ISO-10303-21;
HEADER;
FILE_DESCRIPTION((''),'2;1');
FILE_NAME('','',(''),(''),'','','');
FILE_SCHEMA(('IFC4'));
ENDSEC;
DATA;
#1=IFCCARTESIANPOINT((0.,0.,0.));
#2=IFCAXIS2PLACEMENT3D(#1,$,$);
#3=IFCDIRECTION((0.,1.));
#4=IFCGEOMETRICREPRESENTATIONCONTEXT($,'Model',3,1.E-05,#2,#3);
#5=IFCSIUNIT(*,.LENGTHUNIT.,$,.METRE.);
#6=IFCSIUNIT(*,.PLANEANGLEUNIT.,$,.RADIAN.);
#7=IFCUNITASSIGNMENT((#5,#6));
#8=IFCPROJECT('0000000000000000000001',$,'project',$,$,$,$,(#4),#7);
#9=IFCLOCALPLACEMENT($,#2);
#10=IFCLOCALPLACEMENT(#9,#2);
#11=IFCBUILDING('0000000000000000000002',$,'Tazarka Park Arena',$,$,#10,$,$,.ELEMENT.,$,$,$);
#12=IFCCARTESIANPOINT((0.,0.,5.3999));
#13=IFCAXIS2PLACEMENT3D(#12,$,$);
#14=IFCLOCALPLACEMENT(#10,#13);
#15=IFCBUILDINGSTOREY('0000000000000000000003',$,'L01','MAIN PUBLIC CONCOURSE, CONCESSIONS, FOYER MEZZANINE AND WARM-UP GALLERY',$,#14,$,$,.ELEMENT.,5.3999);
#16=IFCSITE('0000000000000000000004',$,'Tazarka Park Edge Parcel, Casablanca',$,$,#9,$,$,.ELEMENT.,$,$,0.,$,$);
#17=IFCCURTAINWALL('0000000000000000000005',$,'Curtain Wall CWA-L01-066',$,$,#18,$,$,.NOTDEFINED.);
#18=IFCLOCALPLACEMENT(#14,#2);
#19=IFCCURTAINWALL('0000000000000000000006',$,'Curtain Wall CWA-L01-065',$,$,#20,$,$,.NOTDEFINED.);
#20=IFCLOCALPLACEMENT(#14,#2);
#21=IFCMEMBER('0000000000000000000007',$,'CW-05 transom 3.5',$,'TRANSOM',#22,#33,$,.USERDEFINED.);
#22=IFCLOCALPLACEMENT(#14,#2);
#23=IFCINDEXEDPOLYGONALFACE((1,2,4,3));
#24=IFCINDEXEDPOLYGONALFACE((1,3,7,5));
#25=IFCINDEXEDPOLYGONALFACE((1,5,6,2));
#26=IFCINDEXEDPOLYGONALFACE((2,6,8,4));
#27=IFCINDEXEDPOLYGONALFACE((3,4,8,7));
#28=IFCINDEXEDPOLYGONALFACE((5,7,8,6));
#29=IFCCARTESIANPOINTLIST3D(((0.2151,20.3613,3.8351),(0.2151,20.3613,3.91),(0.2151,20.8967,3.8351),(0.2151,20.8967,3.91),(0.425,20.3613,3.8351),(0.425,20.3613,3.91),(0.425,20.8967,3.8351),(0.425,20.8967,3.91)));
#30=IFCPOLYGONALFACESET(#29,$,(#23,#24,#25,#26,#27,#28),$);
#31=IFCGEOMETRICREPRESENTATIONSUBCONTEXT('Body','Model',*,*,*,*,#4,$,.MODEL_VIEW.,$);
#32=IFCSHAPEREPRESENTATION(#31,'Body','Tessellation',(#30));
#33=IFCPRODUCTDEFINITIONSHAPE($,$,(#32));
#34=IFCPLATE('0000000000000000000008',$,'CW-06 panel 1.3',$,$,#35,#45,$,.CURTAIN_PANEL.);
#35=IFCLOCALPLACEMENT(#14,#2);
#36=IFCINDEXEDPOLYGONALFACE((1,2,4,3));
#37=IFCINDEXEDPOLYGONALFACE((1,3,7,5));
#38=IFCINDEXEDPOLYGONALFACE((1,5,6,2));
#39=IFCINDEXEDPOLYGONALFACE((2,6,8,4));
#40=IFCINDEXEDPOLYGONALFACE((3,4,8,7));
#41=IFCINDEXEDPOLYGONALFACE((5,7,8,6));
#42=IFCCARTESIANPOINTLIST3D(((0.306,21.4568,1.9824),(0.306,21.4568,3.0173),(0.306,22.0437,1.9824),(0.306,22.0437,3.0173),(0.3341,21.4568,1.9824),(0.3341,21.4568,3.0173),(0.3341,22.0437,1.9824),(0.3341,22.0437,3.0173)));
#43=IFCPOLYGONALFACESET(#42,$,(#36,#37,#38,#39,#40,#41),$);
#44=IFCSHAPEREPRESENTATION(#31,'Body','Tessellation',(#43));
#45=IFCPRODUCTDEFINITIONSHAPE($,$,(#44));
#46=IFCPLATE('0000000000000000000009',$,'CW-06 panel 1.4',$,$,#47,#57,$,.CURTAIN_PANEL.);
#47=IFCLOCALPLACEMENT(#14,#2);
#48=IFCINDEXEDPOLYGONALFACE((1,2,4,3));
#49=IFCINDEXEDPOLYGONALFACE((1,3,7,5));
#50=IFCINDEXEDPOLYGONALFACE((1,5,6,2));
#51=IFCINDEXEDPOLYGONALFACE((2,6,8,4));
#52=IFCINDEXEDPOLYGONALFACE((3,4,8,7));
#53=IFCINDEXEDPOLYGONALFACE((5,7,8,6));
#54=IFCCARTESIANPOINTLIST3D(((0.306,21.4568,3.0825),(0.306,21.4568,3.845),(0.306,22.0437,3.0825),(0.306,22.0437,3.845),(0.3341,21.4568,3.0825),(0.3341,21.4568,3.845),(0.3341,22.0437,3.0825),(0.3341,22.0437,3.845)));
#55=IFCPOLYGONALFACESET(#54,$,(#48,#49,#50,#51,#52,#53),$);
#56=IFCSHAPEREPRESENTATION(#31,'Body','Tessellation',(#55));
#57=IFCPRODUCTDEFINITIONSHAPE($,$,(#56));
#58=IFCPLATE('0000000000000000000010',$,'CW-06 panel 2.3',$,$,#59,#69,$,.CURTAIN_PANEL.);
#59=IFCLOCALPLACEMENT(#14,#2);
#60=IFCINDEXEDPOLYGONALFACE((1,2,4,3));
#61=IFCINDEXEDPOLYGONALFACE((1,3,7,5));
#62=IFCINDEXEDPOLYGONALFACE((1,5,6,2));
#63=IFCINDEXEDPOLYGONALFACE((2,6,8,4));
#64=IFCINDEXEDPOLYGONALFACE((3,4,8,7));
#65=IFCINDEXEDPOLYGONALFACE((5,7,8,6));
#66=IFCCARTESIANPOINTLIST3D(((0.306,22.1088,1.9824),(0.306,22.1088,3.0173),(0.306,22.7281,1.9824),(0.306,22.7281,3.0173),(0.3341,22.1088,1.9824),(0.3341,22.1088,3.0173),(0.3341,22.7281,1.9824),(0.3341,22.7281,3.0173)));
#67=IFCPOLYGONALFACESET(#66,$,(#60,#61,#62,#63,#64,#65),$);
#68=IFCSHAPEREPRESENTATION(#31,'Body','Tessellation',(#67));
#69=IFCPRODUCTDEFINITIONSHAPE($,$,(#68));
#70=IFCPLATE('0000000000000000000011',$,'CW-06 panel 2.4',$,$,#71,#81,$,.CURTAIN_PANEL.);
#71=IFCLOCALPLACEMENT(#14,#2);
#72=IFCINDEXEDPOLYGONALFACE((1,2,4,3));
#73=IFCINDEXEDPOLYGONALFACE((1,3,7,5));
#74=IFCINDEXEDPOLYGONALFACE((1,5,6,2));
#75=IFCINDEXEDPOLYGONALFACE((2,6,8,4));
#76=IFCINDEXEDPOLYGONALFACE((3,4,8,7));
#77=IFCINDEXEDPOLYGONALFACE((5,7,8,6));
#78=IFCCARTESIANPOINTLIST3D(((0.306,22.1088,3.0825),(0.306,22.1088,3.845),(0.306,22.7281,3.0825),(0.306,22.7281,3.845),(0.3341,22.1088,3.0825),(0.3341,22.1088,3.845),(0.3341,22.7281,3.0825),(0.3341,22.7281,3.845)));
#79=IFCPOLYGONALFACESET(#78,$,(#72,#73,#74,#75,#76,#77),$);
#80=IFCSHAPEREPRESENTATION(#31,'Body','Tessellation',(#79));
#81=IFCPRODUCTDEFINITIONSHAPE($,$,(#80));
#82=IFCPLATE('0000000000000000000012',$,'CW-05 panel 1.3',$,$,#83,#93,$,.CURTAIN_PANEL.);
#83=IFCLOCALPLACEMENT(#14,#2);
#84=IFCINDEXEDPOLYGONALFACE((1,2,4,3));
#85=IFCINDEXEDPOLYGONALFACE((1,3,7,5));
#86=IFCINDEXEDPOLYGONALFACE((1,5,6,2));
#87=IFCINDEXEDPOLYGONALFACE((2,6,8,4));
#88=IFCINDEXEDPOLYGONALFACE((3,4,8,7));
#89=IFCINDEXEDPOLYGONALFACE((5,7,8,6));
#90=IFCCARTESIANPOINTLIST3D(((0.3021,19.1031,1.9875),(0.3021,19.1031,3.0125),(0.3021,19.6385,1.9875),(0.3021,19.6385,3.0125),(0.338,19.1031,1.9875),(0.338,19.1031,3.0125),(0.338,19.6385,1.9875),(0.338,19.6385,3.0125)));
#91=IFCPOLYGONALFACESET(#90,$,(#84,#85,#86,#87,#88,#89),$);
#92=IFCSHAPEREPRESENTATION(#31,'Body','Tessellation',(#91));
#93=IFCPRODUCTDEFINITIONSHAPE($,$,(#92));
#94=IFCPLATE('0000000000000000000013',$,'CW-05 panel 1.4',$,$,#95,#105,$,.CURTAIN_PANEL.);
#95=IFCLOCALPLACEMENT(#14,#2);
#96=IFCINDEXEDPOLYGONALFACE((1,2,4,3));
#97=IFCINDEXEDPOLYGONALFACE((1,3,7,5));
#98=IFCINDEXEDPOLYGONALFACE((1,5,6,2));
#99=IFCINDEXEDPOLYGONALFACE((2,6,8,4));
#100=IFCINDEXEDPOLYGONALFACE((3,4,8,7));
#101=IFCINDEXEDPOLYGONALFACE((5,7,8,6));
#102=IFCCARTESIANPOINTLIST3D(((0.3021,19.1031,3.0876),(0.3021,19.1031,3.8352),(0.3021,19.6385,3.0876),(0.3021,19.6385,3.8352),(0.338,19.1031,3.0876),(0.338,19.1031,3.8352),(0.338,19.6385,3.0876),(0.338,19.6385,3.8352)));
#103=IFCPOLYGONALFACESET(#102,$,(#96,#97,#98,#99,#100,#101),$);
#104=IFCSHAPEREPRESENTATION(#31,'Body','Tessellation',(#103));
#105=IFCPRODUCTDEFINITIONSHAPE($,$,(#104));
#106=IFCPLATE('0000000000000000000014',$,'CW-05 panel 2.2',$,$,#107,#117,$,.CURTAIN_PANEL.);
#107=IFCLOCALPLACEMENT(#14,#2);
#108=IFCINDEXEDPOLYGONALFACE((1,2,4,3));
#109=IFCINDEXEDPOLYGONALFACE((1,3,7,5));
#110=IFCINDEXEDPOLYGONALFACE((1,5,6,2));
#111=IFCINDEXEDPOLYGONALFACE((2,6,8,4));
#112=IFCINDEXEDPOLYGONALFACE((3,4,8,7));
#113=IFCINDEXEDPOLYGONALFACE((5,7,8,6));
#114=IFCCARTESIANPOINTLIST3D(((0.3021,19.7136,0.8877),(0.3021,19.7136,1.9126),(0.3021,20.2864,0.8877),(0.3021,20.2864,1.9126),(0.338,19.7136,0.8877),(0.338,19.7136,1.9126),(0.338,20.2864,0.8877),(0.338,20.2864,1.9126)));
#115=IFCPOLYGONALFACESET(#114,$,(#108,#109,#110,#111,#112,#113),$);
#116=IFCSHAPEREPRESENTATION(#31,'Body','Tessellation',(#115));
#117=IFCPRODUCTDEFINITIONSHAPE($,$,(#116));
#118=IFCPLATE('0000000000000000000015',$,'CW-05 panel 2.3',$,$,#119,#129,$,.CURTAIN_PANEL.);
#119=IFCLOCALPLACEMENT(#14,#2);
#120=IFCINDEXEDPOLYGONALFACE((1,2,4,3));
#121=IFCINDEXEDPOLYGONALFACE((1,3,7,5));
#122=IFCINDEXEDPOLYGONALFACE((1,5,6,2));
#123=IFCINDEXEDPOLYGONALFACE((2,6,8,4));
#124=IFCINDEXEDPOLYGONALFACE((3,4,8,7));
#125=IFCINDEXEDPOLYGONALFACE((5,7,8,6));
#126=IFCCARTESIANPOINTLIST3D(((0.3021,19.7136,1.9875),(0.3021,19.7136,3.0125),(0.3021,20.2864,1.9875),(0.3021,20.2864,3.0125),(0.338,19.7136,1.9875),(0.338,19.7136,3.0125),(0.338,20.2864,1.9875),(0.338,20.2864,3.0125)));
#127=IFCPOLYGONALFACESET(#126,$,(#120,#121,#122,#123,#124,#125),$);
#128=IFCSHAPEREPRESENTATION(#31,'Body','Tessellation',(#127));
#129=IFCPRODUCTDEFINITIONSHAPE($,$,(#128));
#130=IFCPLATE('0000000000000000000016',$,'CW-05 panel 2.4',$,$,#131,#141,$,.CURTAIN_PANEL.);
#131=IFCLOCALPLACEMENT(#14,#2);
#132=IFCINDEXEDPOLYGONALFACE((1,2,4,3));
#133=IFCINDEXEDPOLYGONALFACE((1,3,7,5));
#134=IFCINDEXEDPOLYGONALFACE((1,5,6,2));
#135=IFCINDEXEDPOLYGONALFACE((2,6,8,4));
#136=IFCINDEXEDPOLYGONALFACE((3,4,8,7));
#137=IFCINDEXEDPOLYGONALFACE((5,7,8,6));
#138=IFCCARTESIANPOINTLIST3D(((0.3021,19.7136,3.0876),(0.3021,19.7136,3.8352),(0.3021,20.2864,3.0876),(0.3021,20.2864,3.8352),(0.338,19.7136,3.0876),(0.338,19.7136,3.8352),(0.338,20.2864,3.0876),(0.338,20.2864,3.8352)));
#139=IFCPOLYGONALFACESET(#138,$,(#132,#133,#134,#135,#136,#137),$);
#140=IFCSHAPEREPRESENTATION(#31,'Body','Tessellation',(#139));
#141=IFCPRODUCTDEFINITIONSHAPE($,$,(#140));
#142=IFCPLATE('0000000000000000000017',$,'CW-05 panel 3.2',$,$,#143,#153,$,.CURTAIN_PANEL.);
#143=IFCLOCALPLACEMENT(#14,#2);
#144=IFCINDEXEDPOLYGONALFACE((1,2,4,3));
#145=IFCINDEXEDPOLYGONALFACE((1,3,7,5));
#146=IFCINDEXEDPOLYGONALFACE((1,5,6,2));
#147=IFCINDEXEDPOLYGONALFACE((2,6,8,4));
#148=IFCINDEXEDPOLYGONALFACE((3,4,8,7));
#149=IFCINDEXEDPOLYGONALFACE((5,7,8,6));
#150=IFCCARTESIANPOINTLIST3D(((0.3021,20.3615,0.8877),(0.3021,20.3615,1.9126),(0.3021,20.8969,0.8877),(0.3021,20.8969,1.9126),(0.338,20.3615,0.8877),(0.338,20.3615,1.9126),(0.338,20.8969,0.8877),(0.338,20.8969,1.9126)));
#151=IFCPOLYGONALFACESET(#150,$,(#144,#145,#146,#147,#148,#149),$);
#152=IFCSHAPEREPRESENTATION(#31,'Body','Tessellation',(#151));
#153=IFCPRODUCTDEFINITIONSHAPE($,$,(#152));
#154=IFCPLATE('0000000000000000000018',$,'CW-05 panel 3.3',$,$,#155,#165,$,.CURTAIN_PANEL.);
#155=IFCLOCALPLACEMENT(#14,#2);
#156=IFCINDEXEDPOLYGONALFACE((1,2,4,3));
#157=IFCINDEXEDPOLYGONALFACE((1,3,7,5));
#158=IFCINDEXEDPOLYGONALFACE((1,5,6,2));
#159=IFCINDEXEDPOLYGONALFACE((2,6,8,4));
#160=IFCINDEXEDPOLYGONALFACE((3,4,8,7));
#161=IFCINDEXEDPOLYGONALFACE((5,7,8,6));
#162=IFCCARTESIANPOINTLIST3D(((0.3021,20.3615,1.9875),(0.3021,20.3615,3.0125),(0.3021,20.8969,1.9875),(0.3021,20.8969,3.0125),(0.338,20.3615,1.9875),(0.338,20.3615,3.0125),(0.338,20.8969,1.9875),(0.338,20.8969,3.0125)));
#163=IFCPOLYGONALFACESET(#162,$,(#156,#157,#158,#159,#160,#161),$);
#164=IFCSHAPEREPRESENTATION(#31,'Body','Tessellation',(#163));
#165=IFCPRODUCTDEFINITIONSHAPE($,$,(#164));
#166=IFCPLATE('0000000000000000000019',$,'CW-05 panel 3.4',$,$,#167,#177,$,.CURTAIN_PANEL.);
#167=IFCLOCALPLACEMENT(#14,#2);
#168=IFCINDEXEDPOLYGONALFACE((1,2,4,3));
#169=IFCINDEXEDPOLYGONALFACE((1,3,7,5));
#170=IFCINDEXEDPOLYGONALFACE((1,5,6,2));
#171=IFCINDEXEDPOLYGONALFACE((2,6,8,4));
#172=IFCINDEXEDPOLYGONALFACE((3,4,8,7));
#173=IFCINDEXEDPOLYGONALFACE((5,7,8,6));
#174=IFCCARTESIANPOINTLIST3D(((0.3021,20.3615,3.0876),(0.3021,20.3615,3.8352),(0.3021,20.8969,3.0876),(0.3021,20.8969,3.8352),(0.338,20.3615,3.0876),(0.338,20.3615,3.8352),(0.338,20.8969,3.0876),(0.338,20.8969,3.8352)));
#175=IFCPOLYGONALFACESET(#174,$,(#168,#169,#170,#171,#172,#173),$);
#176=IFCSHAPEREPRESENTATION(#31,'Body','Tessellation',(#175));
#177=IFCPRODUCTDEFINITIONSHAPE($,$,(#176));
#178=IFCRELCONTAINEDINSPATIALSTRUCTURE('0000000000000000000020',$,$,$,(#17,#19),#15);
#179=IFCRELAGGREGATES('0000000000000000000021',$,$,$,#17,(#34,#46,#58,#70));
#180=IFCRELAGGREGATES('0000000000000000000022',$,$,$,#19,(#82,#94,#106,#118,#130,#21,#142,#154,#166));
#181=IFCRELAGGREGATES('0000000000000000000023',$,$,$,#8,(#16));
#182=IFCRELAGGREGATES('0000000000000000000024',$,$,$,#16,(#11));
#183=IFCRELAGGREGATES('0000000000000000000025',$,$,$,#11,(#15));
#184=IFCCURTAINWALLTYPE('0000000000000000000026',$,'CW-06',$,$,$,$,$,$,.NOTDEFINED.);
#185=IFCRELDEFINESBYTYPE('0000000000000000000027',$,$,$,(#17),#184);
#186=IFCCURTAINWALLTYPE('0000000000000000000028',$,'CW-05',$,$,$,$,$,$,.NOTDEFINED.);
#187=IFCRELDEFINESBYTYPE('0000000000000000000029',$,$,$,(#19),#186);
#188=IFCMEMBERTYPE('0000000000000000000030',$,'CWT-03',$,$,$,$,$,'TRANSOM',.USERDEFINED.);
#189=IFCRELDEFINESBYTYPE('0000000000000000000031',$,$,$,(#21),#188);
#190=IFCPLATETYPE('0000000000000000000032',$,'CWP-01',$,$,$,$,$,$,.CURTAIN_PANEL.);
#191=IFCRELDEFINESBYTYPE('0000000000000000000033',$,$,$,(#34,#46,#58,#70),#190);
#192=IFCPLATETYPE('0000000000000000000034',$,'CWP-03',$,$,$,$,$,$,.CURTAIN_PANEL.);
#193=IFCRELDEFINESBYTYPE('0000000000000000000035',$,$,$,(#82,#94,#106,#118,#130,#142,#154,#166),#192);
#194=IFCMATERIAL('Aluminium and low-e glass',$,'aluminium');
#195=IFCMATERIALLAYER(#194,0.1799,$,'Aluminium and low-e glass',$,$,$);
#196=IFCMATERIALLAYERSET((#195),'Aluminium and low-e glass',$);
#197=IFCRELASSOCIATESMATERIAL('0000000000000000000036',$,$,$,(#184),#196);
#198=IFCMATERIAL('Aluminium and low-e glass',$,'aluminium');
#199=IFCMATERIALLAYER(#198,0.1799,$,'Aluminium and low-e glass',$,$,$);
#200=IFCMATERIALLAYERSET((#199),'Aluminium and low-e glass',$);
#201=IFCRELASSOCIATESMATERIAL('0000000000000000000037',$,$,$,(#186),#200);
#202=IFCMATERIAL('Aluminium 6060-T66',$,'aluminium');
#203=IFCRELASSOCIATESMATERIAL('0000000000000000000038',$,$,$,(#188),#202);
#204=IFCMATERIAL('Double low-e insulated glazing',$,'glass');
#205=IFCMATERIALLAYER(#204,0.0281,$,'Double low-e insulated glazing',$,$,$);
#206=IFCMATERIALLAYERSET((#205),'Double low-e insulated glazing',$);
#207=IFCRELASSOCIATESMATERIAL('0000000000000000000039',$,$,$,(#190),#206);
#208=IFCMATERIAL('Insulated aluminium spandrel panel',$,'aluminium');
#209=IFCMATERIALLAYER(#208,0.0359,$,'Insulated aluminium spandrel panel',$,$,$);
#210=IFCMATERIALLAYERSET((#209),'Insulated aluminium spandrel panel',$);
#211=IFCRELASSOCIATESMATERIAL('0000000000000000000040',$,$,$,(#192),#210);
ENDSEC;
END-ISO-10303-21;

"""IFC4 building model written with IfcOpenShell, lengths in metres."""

from ifc_helpers import new_model, si_unit, direction, frame, origin, origin_2d, place, context, subcontext, project, spatial, rectangle, extrude, material, layer, layer_set, material_profile, profile_set, type_object, element, aggregate, save


model = new_model("IFC4")

# Units and contexts
model_context = context("Model", 3, precision=1e-05, world=origin(), true_north=direction((0.0, 1.0)))
body_context = subcontext(model_context, "Body", "Model", "MODEL_VIEW")
ifc_project = project(units=[si_unit("LENGTHUNIT", "METRE"), si_unit("PLANEANGLEUNIT", "RADIAN")], contexts=[model_context])

# Site, building, storey
site_placement = place(None, origin())
site = spatial("IfcSite", under=ifc_project, at=site_placement, Name="Tazarka Park Edge Parcel, Casablanca", CompositionType="ELEMENT", RefElevation=0.0)
building_placement = place(site_placement, origin())
building = spatial("IfcBuilding", under=site, at=building_placement, Name="Tazarka Park Arena", CompositionType="ELEMENT")
storey_placement = place(building_placement, frame((0.0, 0.0, 5.3999)))
storey = spatial("IfcBuildingStorey", under=building, at=storey_placement, Name="L01", Description="MAIN PUBLIC CONCOURSE, CONCESSIONS, FOYER MEZZANINE AND WARM-UP GALLERY", CompositionType="ELEMENT", Elevation=5.3999)

# Curtain walls, member
ifc_material_1 = material(Name="Aluminium and low-e glass", Category="aluminium")
ifc_layer_1 = layer(ifc_material_1, 0.1799, Name="Aluminium and low-e glass")
ifc_layer_set_1 = layer_set([ifc_layer_1], Name="Aluminium and low-e glass")
curtain_wall_type_1 = type_object("IfcCurtainWallType", Name="CW-06", PredefinedType="NOTDEFINED", material=ifc_layer_set_1)
curtain_wall_1_placement = place(storey_placement, origin())
curtain_wall_1 = element("IfcCurtainWall", 1, at=curtain_wall_1_placement, inside=storey, type_object=curtain_wall_type_1, Name="Curtain Wall CWA-L01-066", PredefinedType="NOTDEFINED")
ifc_material_2 = material(Name="Aluminium and low-e glass", Category="aluminium")
ifc_layer_2 = layer(ifc_material_2, 0.1799, Name="Aluminium and low-e glass")
ifc_layer_set_2 = layer_set([ifc_layer_2], Name="Aluminium and low-e glass")
curtain_wall_type_2 = type_object("IfcCurtainWallType", Name="CW-05", PredefinedType="NOTDEFINED", material=ifc_layer_set_2)
curtain_wall_2_placement = place(storey_placement, origin())
curtain_wall_2 = element("IfcCurtainWall", 2, at=curtain_wall_2_placement, inside=storey, type_object=curtain_wall_type_2, Name="Curtain Wall CWA-L01-065", PredefinedType="NOTDEFINED")
ifc_material_3 = material(Name="Aluminium 6060-T66", Category="aluminium")
ifc_material_profile_1 = material_profile(ifc_material_3, rectangle(XDim=0.21, YDim=0.075, at=origin_2d()), Name="Aluminium 6060-T66")
ifc_profile_set_1 = profile_set([ifc_material_profile_1], Name="Aluminium 6060-T66")
member_type_1 = type_object("IfcMemberType", Name="CWT-03", ElementType="TRANSOM", PredefinedType="USERDEFINED", material=ifc_profile_set_1)
member_1_placement = place(storey_placement, frame((0.3201, 20.3613, 3.8726), z_axis=(0.0, 1.0, 0.0), x_axis=(-1.0, 0.0, 0.0)))
member_1 = element("IfcMember", 3, at=member_1_placement, type_object=member_type_1, Name="CW-05 transom 3.5", ObjectType="TRANSOM", PredefinedType="USERDEFINED", context=body_context, shape_type="SweptSolid", body=[
    extrude(rectangle(XDim=0.21, YDim=0.075, at=origin_2d()), origin(), (0.0, 0.0, 1.0), 0.5354),
])

# Plates
ifc_material_4 = material(Name="Double low-e insulated glazing", Category="glass")
ifc_layer_3 = layer(ifc_material_4, 0.0281, Name="Double low-e insulated glazing")
ifc_layer_set_3 = layer_set([ifc_layer_3], Name="Double low-e insulated glazing")
plate_type_1 = type_object("IfcPlateType", Name="CWP-01", PredefinedType="CURTAIN_PANEL", material=ifc_layer_set_3)
plate_1_placement = place(storey_placement, frame((0.3201, 21.7502, 1.9824), z_axis=(0.0, 0.0, 1.0), x_axis=(0.0, 1.0, 0.0)))
plate_1 = element("IfcPlate", 4, at=plate_1_placement, type_object=plate_type_1, Name="CW-06 panel 1.3", PredefinedType="CURTAIN_PANEL", context=body_context, shape_type="SweptSolid", body=[
    extrude(rectangle(XDim=0.5869, YDim=0.0281, at=origin_2d()), origin(), (0.0, 0.0, 1.0), 1.0349),
])
plate_2_placement = place(storey_placement, frame((0.3201, 21.7502, 3.0825), z_axis=(0.0, 0.0, 1.0), x_axis=(0.0, 1.0, 0.0)))
plate_2 = element("IfcPlate", 5, at=plate_2_placement, type_object=plate_type_1, Name="CW-06 panel 1.4", PredefinedType="CURTAIN_PANEL", context=body_context, shape_type="SweptSolid", body=[
    extrude(rectangle(XDim=0.5869, YDim=0.0281, at=origin_2d()), origin(), (0.0, 0.0, 1.0), 0.7625),
])
plate_3_placement = place(storey_placement, frame((0.3201, 22.4185, 1.9824), z_axis=(0.0, 0.0, 1.0), x_axis=(0.0, 1.0, 0.0)))
plate_3 = element("IfcPlate", 6, at=plate_3_placement, type_object=plate_type_1, Name="CW-06 panel 2.3", PredefinedType="CURTAIN_PANEL", context=body_context, shape_type="SweptSolid", body=[
    extrude(rectangle(XDim=0.6194, YDim=0.0281, at=origin_2d()), origin(), (0.0, 0.0, 1.0), 1.0349),
])
plate_4_placement = place(storey_placement, frame((0.3201, 22.4185, 3.0825), z_axis=(0.0, 0.0, 1.0), x_axis=(0.0, 1.0, 0.0)))
plate_4 = element("IfcPlate", 7, at=plate_4_placement, type_object=plate_type_1, Name="CW-06 panel 2.4", PredefinedType="CURTAIN_PANEL", context=body_context, shape_type="SweptSolid", body=[
    extrude(rectangle(XDim=0.6194, YDim=0.0281, at=origin_2d()), origin(), (0.0, 0.0, 1.0), 0.7625),
])
aggregate(curtain_wall_1, [plate_1, plate_2, plate_3, plate_4])
ifc_material_5 = material(Name="Insulated aluminium spandrel panel", Category="aluminium")
ifc_layer_4 = layer(ifc_material_5, 0.0359, Name="Insulated aluminium spandrel panel")
ifc_layer_set_4 = layer_set([ifc_layer_4], Name="Insulated aluminium spandrel panel")
plate_type_2 = type_object("IfcPlateType", Name="CWP-03", PredefinedType="CURTAIN_PANEL", material=ifc_layer_set_4)
plate_5_placement = place(storey_placement, frame((0.3201, 19.3708, 1.9875), z_axis=(0.0, 0.0, 1.0), x_axis=(0.0, 1.0, 0.0)))
plate_5 = element("IfcPlate", 8, at=plate_5_placement, type_object=plate_type_2, Name="CW-05 panel 1.3", PredefinedType="CURTAIN_PANEL", context=body_context, shape_type="SweptSolid", body=[
    extrude(rectangle(XDim=0.5354, YDim=0.0359, at=origin_2d()), origin(), (0.0, 0.0, 1.0), 1.0249),
])
plate_6_placement = place(storey_placement, frame((0.3201, 19.3708, 3.0876), z_axis=(0.0, 0.0, 1.0), x_axis=(0.0, 1.0, 0.0)))
plate_6 = element("IfcPlate", 9, at=plate_6_placement, type_object=plate_type_2, Name="CW-05 panel 1.4", PredefinedType="CURTAIN_PANEL", context=body_context, shape_type="SweptSolid", body=[
    extrude(rectangle(XDim=0.5354, YDim=0.0359, at=origin_2d()), origin(), (0.0, 0.0, 1.0), 0.7476),
])
plate_7_placement = place(storey_placement, frame((0.3201, 20.0, 0.8877), z_axis=(0.0, 0.0, 1.0), x_axis=(0.0, 1.0, 0.0)))
plate_7 = element("IfcPlate", 10, at=plate_7_placement, type_object=plate_type_2, Name="CW-05 panel 2.2", PredefinedType="CURTAIN_PANEL", context=body_context, shape_type="SweptSolid", body=[
    extrude(rectangle(XDim=0.5728, YDim=0.0359, at=origin_2d()), origin(), (0.0, 0.0, 1.0), 1.0249),
])
plate_8_placement = place(storey_placement, frame((0.3201, 20.0, 1.9875), z_axis=(0.0, 0.0, 1.0), x_axis=(0.0, 1.0, 0.0)))
plate_8 = element("IfcPlate", 11, at=plate_8_placement, type_object=plate_type_2, Name="CW-05 panel 2.3", PredefinedType="CURTAIN_PANEL", context=body_context, shape_type="SweptSolid", body=[
    extrude(rectangle(XDim=0.5728, YDim=0.0359, at=origin_2d()), origin(), (0.0, 0.0, 1.0), 1.0249),
])
plate_9_placement = place(storey_placement, frame((0.3201, 20.0, 3.0876), z_axis=(0.0, 0.0, 1.0), x_axis=(0.0, 1.0, 0.0)))
plate_9 = element("IfcPlate", 12, at=plate_9_placement, type_object=plate_type_2, Name="CW-05 panel 2.4", PredefinedType="CURTAIN_PANEL", context=body_context, shape_type="SweptSolid", body=[
    extrude(rectangle(XDim=0.5728, YDim=0.0359, at=origin_2d()), origin(), (0.0, 0.0, 1.0), 0.7476),
])
plate_10_placement = place(storey_placement, frame((0.3201, 20.6292, 0.8877), z_axis=(0.0, 0.0, 1.0), x_axis=(0.0, 1.0, 0.0)))
plate_10 = element("IfcPlate", 13, at=plate_10_placement, type_object=plate_type_2, Name="CW-05 panel 3.2", PredefinedType="CURTAIN_PANEL", context=body_context, shape_type="SweptSolid", body=[
    extrude(rectangle(XDim=0.5354, YDim=0.0359, at=origin_2d()), origin(), (0.0, 0.0, 1.0), 1.0249),
])
plate_11_placement = place(storey_placement, frame((0.3201, 20.6292, 1.9875), z_axis=(0.0, 0.0, 1.0), x_axis=(0.0, 1.0, 0.0)))
plate_11 = element("IfcPlate", 14, at=plate_11_placement, type_object=plate_type_2, Name="CW-05 panel 3.3", PredefinedType="CURTAIN_PANEL", context=body_context, shape_type="SweptSolid", body=[
    extrude(rectangle(XDim=0.5354, YDim=0.0359, at=origin_2d()), origin(), (0.0, 0.0, 1.0), 1.0249),
])
plate_12_placement = place(storey_placement, frame((0.3201, 20.6292, 3.0876), z_axis=(0.0, 0.0, 1.0), x_axis=(0.0, 1.0, 0.0)))
plate_12 = element("IfcPlate", 15, at=plate_12_placement, type_object=plate_type_2, Name="CW-05 panel 3.4", PredefinedType="CURTAIN_PANEL", context=body_context, shape_type="SweptSolid", body=[
    extrude(rectangle(XDim=0.5354, YDim=0.0359, at=origin_2d()), origin(), (0.0, 0.0, 1.0), 0.7476),
])
aggregate(curtain_wall_2, [plate_5, plate_6, plate_7, plate_8, plate_9, member_1, plate_10, plate_11, plate_12])

save(model, "model.ifc")
